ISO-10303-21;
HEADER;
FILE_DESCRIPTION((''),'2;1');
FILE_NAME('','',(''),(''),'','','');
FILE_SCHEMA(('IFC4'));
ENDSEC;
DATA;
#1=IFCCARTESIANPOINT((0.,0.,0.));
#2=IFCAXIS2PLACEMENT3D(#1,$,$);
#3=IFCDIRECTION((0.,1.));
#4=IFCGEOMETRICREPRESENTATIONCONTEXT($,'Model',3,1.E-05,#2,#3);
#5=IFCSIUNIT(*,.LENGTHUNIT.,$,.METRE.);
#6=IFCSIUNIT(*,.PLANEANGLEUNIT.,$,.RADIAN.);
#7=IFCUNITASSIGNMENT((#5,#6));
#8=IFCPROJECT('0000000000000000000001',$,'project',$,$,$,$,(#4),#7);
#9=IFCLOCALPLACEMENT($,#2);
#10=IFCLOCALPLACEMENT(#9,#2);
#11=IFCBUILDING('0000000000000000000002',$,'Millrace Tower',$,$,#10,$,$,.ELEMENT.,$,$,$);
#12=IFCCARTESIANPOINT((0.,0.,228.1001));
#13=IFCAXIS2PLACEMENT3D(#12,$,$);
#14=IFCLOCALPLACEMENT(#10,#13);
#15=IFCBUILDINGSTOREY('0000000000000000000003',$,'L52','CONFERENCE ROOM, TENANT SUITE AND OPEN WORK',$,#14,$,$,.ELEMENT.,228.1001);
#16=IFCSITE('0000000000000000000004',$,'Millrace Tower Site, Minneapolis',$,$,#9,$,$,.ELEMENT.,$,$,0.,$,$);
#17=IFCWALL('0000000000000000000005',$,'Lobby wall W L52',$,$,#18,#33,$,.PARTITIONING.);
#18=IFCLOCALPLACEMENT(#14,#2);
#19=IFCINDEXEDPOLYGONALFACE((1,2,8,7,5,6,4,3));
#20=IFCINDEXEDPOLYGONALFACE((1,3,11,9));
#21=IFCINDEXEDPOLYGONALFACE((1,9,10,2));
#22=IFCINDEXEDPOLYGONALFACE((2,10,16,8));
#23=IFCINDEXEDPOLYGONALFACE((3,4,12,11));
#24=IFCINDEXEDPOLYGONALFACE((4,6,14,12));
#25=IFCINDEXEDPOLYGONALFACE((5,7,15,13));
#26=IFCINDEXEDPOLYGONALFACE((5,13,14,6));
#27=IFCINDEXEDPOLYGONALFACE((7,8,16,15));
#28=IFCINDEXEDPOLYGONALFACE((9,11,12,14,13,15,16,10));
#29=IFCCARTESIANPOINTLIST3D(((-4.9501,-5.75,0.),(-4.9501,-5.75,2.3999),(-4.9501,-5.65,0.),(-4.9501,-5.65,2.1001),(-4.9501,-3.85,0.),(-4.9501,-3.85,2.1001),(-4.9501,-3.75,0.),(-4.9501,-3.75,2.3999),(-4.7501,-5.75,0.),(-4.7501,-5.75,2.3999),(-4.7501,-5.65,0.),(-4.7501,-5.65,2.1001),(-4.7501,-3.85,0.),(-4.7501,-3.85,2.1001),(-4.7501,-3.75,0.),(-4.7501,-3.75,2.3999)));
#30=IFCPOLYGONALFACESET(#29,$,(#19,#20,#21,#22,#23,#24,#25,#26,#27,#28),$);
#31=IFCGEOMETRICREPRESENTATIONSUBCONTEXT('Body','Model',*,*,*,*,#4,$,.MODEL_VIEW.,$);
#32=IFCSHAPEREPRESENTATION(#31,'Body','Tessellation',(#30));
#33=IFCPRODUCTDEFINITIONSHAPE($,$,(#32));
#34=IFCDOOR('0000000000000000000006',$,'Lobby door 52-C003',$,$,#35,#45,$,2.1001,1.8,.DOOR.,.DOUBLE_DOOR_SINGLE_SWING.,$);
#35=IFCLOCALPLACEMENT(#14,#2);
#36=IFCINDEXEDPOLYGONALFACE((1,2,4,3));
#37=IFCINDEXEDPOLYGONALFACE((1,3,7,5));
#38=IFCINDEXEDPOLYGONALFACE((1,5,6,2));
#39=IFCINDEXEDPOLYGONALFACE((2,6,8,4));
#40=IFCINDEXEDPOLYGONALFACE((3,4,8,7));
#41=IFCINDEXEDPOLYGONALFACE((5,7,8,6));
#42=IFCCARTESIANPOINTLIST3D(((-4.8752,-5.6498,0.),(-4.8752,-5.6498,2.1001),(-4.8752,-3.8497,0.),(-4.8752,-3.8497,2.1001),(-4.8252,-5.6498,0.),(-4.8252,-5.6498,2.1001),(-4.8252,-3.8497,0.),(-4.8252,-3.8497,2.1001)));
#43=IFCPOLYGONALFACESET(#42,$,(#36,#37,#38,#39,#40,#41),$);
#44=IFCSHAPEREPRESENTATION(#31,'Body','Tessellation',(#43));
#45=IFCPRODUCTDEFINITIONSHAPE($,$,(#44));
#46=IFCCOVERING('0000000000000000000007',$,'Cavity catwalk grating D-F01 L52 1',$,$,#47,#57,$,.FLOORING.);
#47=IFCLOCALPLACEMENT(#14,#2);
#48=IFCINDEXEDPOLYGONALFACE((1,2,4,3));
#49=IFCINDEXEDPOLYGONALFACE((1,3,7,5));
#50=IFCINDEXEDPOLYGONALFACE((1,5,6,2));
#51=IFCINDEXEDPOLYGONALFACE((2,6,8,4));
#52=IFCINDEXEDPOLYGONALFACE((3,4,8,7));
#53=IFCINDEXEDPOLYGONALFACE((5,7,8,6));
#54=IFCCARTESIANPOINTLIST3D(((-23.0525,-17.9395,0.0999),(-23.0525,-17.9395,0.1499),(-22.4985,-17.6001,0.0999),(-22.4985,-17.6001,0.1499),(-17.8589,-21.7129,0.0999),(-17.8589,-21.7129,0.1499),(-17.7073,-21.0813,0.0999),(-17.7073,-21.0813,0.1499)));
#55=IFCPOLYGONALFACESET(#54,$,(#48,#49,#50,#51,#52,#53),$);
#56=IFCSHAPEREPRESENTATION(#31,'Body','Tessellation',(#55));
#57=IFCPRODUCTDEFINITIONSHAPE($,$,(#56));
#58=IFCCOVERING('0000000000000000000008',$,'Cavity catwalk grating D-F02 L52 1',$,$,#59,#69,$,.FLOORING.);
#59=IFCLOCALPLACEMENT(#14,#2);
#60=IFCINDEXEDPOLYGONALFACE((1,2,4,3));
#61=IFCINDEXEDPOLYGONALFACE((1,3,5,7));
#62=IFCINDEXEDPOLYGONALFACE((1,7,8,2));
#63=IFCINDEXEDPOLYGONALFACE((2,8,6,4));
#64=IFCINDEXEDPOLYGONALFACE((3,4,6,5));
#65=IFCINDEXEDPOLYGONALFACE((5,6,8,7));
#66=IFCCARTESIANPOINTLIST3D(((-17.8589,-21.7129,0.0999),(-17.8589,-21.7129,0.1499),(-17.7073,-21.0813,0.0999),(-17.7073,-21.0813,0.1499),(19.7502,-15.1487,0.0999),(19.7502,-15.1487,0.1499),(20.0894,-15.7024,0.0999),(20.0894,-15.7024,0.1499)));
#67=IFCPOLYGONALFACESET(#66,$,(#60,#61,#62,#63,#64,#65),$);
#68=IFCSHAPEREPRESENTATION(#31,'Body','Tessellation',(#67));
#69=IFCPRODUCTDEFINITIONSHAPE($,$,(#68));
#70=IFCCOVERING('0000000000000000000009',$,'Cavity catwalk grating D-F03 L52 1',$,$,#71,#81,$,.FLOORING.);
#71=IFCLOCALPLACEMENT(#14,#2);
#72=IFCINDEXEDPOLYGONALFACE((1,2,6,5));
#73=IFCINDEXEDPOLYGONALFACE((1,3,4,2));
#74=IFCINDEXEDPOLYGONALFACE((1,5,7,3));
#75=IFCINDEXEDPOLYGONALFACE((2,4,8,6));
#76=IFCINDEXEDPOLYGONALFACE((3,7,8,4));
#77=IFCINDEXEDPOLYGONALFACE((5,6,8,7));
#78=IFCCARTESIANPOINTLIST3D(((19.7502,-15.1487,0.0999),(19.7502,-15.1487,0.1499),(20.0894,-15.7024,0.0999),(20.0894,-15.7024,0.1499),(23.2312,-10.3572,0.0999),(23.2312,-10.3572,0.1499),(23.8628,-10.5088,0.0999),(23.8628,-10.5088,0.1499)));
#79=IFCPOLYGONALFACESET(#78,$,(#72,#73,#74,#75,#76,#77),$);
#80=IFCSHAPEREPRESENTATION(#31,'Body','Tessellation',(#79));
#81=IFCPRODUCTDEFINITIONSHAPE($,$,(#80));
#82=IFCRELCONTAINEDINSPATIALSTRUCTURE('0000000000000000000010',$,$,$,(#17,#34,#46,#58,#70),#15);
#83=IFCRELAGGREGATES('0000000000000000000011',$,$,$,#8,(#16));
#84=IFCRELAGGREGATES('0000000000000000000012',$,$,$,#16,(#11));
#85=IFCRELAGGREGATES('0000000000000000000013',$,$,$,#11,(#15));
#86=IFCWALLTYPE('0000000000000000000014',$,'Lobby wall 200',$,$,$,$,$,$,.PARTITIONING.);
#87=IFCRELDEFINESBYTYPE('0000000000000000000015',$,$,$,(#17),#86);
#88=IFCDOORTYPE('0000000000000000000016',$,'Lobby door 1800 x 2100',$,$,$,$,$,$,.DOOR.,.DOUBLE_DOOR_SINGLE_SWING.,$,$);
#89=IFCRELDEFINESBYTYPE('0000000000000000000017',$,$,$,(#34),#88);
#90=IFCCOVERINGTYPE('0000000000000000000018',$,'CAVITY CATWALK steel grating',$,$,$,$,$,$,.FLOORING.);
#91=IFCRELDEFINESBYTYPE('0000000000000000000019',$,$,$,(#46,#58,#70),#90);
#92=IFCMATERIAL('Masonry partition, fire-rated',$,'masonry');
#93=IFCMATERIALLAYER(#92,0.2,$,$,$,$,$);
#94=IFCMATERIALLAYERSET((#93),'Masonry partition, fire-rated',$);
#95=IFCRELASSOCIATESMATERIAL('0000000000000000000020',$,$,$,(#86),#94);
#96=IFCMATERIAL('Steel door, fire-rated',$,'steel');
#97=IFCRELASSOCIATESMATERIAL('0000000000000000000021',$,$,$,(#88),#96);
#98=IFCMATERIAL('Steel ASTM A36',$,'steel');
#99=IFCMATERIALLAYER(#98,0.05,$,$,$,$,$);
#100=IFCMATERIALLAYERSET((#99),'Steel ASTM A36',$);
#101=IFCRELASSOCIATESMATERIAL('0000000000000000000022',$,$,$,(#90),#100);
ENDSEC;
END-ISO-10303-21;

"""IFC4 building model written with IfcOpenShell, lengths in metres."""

from ifc_helpers import new_model, si_unit, direction, frame, frame_2d, origin, place, context, subcontext, project, spatial, polyline, rectangle, outline, extrude, material, layer, layer_set, type_object, element, fill, save


model = new_model("IFC4")

# Units and contexts
model_context = context("Model", 3, precision=1e-05, world=origin(), true_north=direction((0.0, 1.0)))
body_context = subcontext(model_context, "Body", "Model", "MODEL_VIEW")
ifc_project = project(units=[si_unit("LENGTHUNIT", "METRE"), si_unit("PLANEANGLEUNIT", "RADIAN")], contexts=[model_context])

# Site, building, storey
site_placement = place(None, origin())
site = spatial("IfcSite", under=ifc_project, at=site_placement, Name="Millrace Tower Site, Minneapolis", CompositionType="ELEMENT", RefElevation=0.0)
building_placement = place(site_placement, origin())
building = spatial("IfcBuilding", under=site, at=building_placement, Name="Millrace Tower", CompositionType="ELEMENT")
storey_placement = place(building_placement, frame((0.0, 0.0, 228.1001)))
storey = spatial("IfcBuildingStorey", under=building, at=storey_placement, Name="L52", Description="CONFERENCE ROOM, TENANT SUITE AND OPEN WORK", CompositionType="ELEMENT", Elevation=228.1001)

# Wall, opening, door
ifc_material_1 = material(Name="Masonry partition, fire-rated", Category="masonry")
ifc_layer_1 = layer(ifc_material_1, 0.2)
ifc_layer_set_1 = layer_set([ifc_layer_1], Name="Masonry partition, fire-rated")
wall_type_1 = type_object("IfcWallType", Name="Lobby wall 200", PredefinedType="PARTITIONING", material=ifc_layer_set_1)
wall_1_placement = place(storey_placement, frame((-4.8501, -5.75, 0.0), z_axis=(0.0, 0.0, 1.0), x_axis=(0.0, 1.0, 0.0)))
wall_1 = element("IfcWall", 1, at=wall_1_placement, inside=storey, type_object=wall_type_1, Name="Lobby wall W L52", PredefinedType="PARTITIONING", context=body_context, shape_type="SweptSolid", body=[
    extrude(rectangle(XDim=2.0, YDim=0.2, at=frame_2d((1.0, 0.0))), origin(), (0.0, 0.0, 1.0), 2.3999),
])
opening_1_placement = place(wall_1_placement, frame((0.1001, 0.0, 0.0)))
opening_1 = element("IfcOpeningElement", 2, at=opening_1_placement, cuts=wall_1, PredefinedType="OPENING", context=body_context, shape_type="SweptSolid", body=[
    extrude(rectangle(XDim=1.8, YDim=2.1001, at=frame_2d((0.8999, 1.05))), frame((0.0, 0.1099, 0.0), z_axis=(0.0, -1.0, 0.0), x_axis=(1.0, 0.0, 0.0)), (0.0, 0.0, 1.0), 0.22),
])
ifc_material_2 = material(Name="Steel door, fire-rated", Category="steel")
door_type_1 = type_object("IfcDoorType", Name="Lobby door 1800 x 2100", OperationType="DOUBLE_DOOR_SINGLE_SWING", PredefinedType="DOOR", material=ifc_material_2)
door_1_placement = place(opening_1_placement, frame((1.8, 0.0, 0.0), z_axis=(0.0, 0.0, 1.0), x_axis=(-1.0, 0.0, 0.0)))
door_1 = element("IfcDoor", 3, at=door_1_placement, inside=storey, type_object=door_type_1, Name="Lobby door 52-C003", OperationType="DOUBLE_DOOR_SINGLE_SWING", OverallHeight=2.1001, OverallWidth=1.8, PredefinedType="DOOR", context=body_context, shape_type="SweptSolid", body=[
    extrude(rectangle(XDim=1.8, YDim=2.1001, at=frame_2d((0.8999, 1.05))), frame((0.0, 0.0249, 0.0), z_axis=(0.0, -1.0, 0.0), x_axis=(1.0, 0.0, 0.0)), (0.0, 0.0, 1.0), 0.05),
])
fill(opening_1, door_1)

# Coverings
ifc_material_3 = material(Name="Steel ASTM A36", Category="steel")
ifc_layer_2 = layer(ifc_material_3, 0.05)
ifc_layer_set_2 = layer_set([ifc_layer_2], Name="Steel ASTM A36")
covering_type = type_object("IfcCoveringType", Name="CAVITY CATWALK steel grating", PredefinedType="FLOORING", material=ifc_layer_set_2)
placement_1 = place(storey_placement, frame((0.0, 0.0, 0.0999)))
element("IfcCovering", 4, at=placement_1, inside=storey, type_object=covering_type, Name="Cavity catwalk grating D-F01 L52 1", PredefinedType="FLOORING", context=body_context, shape_type="SweptSolid", body=[
    extrude(outline(polyline([(-23.0525, -17.9395), (-17.8589, -21.7129), (-17.7073, -21.0813), (-22.4985, -17.6001), (-23.0525, -17.9395)])), origin(), (0.0, 0.0, 1.0), 0.05),
])
element("IfcCovering", 5, at=placement_1, inside=storey, type_object=covering_type, Name="Cavity catwalk grating D-F02 L52 1", PredefinedType="FLOORING", context=body_context, shape_type="SweptSolid", body=[
    extrude(outline(polyline([(-17.8589, -21.7129), (20.0894, -15.7024), (19.7502, -15.1487), (-17.7073, -21.0813), (-17.8589, -21.7129)])), origin(), (0.0, 0.0, 1.0), 0.05),
])
element("IfcCovering", 6, at=placement_1, inside=storey, type_object=covering_type, Name="Cavity catwalk grating D-F03 L52 1", PredefinedType="FLOORING", context=body_context, shape_type="SweptSolid", body=[
    extrude(outline(polyline([(20.0894, -15.7024), (23.8628, -10.5088), (23.2312, -10.3572), (19.7502, -15.1487), (20.0894, -15.7024)])), origin(), (0.0, 0.0, 1.0), 0.05),
])

save(model, "model.ifc")
